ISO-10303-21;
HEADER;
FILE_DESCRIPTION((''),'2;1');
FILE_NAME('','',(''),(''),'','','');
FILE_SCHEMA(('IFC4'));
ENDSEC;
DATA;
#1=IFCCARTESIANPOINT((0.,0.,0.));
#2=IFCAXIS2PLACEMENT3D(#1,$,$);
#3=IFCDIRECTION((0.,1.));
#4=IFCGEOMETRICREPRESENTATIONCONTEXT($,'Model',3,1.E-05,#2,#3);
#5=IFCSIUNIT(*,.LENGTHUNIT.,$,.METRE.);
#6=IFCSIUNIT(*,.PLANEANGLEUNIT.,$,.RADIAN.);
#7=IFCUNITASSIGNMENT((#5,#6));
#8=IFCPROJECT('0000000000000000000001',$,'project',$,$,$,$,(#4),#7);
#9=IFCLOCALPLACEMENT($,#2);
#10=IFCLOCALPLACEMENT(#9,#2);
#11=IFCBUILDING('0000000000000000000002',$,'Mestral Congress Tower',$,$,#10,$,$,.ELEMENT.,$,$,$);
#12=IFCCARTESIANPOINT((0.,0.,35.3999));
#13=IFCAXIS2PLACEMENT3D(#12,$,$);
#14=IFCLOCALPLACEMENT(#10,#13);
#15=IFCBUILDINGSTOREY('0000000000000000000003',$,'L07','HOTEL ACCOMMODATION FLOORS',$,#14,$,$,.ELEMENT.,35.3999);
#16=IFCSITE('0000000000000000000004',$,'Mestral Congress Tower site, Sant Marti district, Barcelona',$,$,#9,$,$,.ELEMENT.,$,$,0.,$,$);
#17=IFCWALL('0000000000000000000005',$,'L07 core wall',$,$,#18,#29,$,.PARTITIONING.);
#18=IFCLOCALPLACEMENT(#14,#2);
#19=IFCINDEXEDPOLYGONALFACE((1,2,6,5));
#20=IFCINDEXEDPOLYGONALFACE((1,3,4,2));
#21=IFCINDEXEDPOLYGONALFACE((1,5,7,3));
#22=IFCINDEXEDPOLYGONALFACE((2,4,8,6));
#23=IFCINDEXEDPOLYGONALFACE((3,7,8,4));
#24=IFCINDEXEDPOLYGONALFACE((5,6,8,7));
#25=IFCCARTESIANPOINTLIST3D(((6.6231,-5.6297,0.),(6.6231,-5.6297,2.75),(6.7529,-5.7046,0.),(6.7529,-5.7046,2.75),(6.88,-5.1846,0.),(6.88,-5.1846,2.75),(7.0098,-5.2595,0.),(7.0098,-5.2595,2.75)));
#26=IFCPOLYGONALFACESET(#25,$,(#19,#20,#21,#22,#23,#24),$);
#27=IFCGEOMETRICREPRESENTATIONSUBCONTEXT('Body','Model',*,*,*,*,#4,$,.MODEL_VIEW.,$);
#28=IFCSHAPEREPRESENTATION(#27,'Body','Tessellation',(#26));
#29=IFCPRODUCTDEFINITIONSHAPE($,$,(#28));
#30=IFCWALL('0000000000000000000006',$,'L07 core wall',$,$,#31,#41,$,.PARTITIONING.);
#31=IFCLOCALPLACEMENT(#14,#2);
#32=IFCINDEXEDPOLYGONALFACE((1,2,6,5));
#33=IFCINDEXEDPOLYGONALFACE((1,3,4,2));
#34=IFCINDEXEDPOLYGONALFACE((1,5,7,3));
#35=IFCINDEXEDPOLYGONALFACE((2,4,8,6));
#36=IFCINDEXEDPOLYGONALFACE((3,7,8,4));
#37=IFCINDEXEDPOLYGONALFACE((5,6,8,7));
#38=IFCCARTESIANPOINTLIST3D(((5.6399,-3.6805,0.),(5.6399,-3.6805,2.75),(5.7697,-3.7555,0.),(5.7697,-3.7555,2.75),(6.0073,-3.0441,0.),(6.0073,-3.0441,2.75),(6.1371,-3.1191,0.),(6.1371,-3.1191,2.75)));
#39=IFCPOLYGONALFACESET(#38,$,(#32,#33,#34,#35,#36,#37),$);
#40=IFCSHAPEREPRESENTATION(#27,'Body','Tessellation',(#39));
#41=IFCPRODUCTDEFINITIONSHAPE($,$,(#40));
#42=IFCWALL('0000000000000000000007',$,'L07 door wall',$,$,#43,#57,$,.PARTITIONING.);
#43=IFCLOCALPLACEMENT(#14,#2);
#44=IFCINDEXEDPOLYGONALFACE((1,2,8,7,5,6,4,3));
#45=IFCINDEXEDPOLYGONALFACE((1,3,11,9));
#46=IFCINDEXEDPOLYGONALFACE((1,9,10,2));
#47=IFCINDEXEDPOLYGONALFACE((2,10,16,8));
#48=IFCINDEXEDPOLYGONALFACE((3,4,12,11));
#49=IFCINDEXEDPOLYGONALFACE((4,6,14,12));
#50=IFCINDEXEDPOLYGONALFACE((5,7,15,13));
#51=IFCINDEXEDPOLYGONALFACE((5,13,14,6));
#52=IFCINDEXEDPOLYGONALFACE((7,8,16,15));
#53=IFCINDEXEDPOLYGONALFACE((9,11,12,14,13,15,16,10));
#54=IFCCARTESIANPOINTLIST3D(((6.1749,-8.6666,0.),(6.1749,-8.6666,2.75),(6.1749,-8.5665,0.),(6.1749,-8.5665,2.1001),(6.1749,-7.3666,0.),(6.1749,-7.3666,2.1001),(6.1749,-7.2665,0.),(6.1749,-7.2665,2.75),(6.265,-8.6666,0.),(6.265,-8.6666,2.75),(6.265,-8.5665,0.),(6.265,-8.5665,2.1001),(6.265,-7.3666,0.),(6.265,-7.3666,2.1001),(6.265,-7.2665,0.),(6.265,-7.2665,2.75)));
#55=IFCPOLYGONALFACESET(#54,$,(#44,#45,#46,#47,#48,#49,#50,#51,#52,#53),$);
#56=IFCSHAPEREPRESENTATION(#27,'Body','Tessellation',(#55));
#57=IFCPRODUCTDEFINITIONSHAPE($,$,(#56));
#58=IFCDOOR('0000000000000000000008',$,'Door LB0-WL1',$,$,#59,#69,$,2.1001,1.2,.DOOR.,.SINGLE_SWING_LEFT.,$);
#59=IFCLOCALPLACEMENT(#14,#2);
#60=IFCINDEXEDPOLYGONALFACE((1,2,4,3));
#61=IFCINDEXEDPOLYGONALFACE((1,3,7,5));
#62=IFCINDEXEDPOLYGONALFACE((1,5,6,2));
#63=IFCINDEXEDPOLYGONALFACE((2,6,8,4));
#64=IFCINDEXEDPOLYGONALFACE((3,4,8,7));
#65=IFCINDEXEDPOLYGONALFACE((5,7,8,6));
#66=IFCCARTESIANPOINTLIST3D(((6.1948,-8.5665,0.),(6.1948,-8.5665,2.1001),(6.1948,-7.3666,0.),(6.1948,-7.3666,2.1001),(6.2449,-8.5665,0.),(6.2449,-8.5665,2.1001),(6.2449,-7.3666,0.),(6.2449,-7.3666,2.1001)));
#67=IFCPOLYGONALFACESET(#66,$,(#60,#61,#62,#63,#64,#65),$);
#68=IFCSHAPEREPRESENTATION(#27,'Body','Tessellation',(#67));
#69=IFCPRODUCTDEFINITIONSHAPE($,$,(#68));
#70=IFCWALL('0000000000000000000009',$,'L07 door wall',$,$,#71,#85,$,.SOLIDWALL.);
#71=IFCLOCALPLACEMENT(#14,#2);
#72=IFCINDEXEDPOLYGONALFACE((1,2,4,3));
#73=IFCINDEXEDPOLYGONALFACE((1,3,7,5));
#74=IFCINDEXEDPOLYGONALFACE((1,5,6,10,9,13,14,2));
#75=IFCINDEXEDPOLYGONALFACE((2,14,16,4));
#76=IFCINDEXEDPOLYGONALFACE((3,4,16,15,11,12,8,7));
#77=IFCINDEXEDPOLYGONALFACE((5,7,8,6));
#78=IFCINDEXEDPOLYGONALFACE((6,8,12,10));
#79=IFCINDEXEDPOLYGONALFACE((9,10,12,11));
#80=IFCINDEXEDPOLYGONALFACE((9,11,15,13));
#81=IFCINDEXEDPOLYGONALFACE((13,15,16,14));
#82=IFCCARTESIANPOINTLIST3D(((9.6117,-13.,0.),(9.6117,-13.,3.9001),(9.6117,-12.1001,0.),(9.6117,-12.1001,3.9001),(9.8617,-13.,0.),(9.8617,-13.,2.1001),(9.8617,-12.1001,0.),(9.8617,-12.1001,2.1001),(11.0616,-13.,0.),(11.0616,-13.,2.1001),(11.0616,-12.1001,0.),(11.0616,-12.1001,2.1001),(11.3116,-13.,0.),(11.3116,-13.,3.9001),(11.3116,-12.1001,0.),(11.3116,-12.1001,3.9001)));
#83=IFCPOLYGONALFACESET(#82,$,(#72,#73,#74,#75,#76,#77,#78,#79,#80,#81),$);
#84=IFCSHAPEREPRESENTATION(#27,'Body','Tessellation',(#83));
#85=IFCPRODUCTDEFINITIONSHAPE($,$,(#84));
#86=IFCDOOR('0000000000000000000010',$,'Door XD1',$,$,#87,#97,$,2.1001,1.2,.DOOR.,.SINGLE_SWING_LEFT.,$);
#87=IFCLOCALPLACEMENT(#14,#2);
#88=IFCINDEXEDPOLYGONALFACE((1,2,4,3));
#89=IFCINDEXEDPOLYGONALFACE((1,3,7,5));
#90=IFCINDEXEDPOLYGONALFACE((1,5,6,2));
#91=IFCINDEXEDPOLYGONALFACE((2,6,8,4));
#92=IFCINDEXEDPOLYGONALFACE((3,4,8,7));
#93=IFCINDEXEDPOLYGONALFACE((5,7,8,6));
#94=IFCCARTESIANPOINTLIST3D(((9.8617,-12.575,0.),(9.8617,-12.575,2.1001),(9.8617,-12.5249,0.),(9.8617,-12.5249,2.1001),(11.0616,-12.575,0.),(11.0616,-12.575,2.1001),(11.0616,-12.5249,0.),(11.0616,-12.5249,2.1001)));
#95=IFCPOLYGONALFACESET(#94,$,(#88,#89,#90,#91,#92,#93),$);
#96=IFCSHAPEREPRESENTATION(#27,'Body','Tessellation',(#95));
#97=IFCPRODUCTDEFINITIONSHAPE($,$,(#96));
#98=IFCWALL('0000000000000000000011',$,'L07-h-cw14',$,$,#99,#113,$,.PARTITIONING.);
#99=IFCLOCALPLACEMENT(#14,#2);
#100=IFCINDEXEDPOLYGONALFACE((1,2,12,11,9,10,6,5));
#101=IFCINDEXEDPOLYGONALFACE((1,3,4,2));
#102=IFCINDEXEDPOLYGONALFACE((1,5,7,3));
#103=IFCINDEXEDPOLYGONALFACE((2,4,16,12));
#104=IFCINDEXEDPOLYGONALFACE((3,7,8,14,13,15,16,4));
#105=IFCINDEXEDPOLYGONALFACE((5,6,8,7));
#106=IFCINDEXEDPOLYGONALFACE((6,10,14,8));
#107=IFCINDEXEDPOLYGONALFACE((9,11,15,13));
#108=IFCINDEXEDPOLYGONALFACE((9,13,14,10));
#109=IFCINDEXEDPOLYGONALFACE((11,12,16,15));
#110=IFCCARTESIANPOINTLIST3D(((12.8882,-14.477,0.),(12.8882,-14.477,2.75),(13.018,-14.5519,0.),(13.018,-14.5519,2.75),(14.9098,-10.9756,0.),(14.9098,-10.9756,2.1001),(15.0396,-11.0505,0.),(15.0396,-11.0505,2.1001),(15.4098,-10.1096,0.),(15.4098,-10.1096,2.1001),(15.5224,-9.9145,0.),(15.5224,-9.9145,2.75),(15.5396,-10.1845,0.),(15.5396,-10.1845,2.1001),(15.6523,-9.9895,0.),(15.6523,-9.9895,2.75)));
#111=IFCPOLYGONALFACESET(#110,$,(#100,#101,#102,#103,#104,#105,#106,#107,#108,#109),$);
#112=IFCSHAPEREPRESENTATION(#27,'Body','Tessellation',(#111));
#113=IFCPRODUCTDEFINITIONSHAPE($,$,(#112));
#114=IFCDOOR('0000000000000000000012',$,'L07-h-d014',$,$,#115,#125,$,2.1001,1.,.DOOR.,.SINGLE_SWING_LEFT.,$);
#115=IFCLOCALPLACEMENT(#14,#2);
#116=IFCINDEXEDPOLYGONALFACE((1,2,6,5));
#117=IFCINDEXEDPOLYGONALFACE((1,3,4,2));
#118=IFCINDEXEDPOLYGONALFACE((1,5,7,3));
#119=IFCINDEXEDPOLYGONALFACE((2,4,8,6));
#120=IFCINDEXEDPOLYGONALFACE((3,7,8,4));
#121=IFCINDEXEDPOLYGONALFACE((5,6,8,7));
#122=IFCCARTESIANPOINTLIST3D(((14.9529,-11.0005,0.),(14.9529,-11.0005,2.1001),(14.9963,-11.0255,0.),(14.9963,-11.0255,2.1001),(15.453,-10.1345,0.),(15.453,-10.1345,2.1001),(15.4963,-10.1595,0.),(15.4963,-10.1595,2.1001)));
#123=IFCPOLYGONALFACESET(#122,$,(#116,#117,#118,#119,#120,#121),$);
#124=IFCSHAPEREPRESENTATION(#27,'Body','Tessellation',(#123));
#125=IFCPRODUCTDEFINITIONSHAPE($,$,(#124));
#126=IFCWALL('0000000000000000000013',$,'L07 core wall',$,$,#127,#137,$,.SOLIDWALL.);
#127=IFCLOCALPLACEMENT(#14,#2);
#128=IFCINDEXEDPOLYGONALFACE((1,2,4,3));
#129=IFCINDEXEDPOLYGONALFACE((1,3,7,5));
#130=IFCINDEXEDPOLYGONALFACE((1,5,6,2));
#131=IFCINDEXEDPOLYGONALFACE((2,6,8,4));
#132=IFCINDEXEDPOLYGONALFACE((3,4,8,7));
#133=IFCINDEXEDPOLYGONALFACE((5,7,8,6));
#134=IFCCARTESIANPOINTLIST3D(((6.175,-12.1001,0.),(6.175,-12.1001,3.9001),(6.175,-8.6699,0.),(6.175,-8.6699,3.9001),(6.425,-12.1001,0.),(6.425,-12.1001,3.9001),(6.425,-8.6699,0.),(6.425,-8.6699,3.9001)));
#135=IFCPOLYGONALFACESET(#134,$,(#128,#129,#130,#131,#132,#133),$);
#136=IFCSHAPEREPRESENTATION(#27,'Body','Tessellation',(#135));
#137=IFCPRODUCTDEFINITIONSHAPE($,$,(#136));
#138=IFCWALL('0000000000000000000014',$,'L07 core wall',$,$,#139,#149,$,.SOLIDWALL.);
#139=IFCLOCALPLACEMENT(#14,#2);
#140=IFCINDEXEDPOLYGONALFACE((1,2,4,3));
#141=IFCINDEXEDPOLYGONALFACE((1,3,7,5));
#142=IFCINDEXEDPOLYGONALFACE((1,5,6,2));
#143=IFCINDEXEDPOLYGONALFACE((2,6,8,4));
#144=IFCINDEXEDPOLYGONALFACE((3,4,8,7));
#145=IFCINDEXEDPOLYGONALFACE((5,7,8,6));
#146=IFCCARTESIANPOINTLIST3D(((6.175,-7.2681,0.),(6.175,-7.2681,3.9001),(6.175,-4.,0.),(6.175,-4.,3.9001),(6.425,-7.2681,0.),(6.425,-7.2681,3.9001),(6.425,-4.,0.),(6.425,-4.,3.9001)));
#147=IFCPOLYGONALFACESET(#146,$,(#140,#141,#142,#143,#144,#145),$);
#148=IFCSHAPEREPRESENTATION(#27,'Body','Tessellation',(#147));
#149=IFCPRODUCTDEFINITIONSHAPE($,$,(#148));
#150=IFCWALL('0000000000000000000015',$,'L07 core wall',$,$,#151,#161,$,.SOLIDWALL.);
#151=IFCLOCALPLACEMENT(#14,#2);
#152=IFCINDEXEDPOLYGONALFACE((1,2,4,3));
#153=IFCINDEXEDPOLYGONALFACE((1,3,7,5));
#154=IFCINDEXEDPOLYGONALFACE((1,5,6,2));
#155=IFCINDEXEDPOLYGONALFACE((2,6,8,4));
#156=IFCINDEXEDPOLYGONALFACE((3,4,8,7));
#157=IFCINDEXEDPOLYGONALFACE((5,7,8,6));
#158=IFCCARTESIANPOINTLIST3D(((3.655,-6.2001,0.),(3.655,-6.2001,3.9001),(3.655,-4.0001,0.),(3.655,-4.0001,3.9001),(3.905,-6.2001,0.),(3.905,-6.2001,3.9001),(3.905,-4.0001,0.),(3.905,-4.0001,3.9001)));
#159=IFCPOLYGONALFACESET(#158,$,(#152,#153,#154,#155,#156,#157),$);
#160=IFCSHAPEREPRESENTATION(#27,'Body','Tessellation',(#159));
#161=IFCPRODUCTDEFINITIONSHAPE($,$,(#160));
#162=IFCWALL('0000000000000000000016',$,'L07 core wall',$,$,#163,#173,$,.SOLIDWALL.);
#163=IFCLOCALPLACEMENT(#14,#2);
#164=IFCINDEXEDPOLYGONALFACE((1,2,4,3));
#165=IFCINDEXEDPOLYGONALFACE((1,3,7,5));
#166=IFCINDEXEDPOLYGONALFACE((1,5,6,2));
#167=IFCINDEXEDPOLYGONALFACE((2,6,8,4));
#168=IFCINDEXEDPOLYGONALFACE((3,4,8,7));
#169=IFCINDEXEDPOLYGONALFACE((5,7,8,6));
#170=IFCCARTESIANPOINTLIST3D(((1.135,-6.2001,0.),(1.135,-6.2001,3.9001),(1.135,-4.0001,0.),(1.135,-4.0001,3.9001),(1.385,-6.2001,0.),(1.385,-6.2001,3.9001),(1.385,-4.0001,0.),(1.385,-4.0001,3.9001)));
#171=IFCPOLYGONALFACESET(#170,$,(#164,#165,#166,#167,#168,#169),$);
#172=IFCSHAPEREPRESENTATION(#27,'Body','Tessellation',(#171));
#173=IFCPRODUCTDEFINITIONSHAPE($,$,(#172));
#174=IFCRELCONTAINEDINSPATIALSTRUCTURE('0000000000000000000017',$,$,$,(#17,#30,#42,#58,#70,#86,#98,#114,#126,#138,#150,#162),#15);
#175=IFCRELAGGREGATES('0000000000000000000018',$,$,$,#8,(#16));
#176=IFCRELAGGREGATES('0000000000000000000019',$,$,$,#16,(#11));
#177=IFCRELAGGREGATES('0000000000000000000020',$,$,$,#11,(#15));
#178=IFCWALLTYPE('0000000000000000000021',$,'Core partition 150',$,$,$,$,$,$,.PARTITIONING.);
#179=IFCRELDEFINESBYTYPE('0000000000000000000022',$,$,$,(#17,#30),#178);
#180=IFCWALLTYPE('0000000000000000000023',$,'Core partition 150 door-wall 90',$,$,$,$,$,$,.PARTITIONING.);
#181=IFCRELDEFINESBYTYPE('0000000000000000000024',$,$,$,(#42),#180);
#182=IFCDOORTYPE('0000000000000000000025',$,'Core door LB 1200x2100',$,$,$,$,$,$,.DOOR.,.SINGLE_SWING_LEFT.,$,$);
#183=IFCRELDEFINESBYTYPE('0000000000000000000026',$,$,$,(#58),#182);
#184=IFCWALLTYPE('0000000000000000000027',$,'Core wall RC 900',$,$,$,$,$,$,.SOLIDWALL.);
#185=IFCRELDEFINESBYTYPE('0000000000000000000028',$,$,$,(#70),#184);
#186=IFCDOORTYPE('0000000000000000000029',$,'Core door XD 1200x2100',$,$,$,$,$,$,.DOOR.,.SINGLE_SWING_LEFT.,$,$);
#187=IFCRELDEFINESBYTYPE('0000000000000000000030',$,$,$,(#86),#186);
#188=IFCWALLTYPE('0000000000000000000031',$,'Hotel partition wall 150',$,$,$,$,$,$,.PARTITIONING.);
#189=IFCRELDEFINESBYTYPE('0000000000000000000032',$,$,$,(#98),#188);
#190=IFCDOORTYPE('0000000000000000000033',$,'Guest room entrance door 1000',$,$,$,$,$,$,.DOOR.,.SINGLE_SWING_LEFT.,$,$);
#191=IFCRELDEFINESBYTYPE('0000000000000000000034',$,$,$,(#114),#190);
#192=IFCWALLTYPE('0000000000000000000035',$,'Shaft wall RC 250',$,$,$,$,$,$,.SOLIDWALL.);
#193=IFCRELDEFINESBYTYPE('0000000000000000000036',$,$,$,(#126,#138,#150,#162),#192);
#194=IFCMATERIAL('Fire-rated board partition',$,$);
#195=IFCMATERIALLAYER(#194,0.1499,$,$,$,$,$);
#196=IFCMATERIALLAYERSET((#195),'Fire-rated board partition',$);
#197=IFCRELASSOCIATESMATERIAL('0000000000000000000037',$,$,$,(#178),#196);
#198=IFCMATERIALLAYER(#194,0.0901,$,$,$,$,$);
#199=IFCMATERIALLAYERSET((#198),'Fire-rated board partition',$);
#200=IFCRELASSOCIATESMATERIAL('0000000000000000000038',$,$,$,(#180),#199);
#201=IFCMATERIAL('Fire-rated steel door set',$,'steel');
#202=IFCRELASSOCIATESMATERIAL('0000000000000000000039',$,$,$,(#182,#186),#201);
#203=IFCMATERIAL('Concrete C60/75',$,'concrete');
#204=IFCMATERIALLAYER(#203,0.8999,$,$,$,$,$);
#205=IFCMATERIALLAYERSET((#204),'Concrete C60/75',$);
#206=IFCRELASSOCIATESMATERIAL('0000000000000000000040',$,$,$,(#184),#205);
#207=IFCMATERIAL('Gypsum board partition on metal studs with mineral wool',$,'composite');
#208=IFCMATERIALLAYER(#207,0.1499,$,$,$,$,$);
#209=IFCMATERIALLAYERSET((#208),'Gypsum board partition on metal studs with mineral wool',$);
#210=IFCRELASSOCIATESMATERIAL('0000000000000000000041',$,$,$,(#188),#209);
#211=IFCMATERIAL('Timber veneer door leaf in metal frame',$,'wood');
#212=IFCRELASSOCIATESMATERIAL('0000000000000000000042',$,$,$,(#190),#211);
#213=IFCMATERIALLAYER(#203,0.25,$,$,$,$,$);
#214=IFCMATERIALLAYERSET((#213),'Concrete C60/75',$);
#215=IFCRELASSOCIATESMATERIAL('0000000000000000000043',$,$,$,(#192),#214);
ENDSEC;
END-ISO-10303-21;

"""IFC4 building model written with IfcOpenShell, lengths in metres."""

from ifc_helpers import new_model, si_unit, direction, frame, frame_2d, origin, place, context, subcontext, project, spatial, rectangle, extrude, material, layer, layer_set, type_object, element, fill, save


model = new_model("IFC4")

# Units and contexts
model_context = context("Model", 3, precision=1e-05, world=origin(), true_north=direction((0.0, 1.0)))
body_context = subcontext(model_context, "Body", "Model", "MODEL_VIEW")
ifc_project = project(units=[si_unit("LENGTHUNIT", "METRE"), si_unit("PLANEANGLEUNIT", "RADIAN")], contexts=[model_context])

# Site, building, storey
site_placement = place(None, origin())
site = spatial("IfcSite", under=ifc_project, at=site_placement, Name="Mestral Congress Tower site, Sant Marti district, Barcelona", CompositionType="ELEMENT", RefElevation=0.0)
building_placement = place(site_placement, origin())
building = spatial("IfcBuilding", under=site, at=building_placement, Name="Mestral Congress Tower", CompositionType="ELEMENT")
storey_placement = place(building_placement, frame((0.0, 0.0, 35.3999)))
storey = spatial("IfcBuildingStorey", under=building, at=storey_placement, Name="L07", Description="HOTEL ACCOMMODATION FLOORS", CompositionType="ELEMENT", Elevation=35.3999)

# Walls
ifc_material_1 = material(Name="Fire-rated board partition")
ifc_layer_1 = layer(ifc_material_1, 0.1499)
ifc_layer_set_1 = layer_set([ifc_layer_1], Name="Fire-rated board partition")
wall_type_1 = type_object("IfcWallType", Name="Core partition 150", PredefinedType="PARTITIONING", material=ifc_layer_set_1)
wall_1_placement = place(storey_placement, frame((6.9448, -5.2222, 0.0), z_axis=(0.0, 0.0, 1.0), x_axis=(-0.499818, -0.86613, 0.0)))
element("IfcWall", 1, at=wall_1_placement, inside=storey, type_object=wall_type_1, Name="L07 core wall", PredefinedType="PARTITIONING", context=body_context, shape_type="SweptSolid", body=[
    extrude(rectangle(XDim=0.5139, YDim=0.1499, at=frame_2d((0.2568, 0.0))), origin(), (0.0, 0.0, 1.0), 2.75),
])
wall_2_placement = place(storey_placement, frame((5.7048, -3.718, 0.0), z_axis=(0.0, 0.0, 1.0), x_axis=(0.499962, 0.866047, 0.0)))
element("IfcWall", 2, at=wall_2_placement, inside=storey, type_object=wall_type_1, Name="L07 core wall", PredefinedType="PARTITIONING", context=body_context, shape_type="SweptSolid", body=[
    extrude(rectangle(XDim=0.7349, YDim=0.1499, at=frame_2d((0.3674, 0.0))), origin(), (0.0, 0.0, 1.0), 2.75),
])

# Walls, openings, doors
ifc_layer_2 = layer(ifc_material_1, 0.0901)
ifc_layer_set_2 = layer_set([ifc_layer_2], Name="Fire-rated board partition")
wall_type_2 = type_object("IfcWallType", Name="Core partition 150 door-wall 90", PredefinedType="PARTITIONING", material=ifc_layer_set_2)
wall_3_placement = place(storey_placement, frame((6.22, -7.2664, 0.0), z_axis=(0.0, 0.0, 1.0), x_axis=(0.0, -1.0, 0.0)))
wall_3 = element("IfcWall", 3, at=wall_3_placement, inside=storey, type_object=wall_type_2, Name="L07 door wall", PredefinedType="PARTITIONING", context=body_context, shape_type="SweptSolid", body=[
    extrude(rectangle(XDim=1.4001, YDim=0.0901, at=frame_2d((0.7002, 0.0))), origin(), (0.0, 0.0, 1.0), 2.75),
])
opening_1_placement = place(wall_3_placement, frame((0.1001, 0.0, 0.0)))
opening_1 = element("IfcOpeningElement", 4, at=opening_1_placement, cuts=wall_3, PredefinedType="OPENING", context=body_context, shape_type="SweptSolid", body=[
    extrude(rectangle(XDim=1.2, YDim=2.1001, at=frame_2d((0.6001, 1.05))), frame((0.0, 0.0549, 0.0), z_axis=(0.0, -1.0, 0.0), x_axis=(1.0, 0.0, 0.0)), (0.0, 0.0, 1.0), 0.1101),
])
ifc_material_2 = material(Name="Fire-rated steel door set", Category="steel")
door_type_1 = type_object("IfcDoorType", Name="Core door LB 1200x2100", OperationType="SINGLE_SWING_LEFT", PredefinedType="DOOR", material=ifc_material_2)
door_1_placement = place(opening_1_placement, origin())
door_1 = element("IfcDoor", 5, at=door_1_placement, inside=storey, type_object=door_type_1, Name="Door LB0-WL1", OperationType="SINGLE_SWING_LEFT", OverallHeight=2.1001, OverallWidth=1.2, PredefinedType="DOOR", context=body_context, shape_type="SweptSolid", body=[
    extrude(rectangle(XDim=1.2, YDim=2.1001, at=frame_2d((0.6001, 1.05))), frame((0.0, 0.0249, 0.0), z_axis=(0.0, -1.0, 0.0), x_axis=(1.0, 0.0, 0.0)), (0.0, 0.0, 1.0), 0.05),
])
fill(opening_1, door_1)
ifc_material_3 = material(Name="Concrete C60/75", Category="concrete")
ifc_layer_3 = layer(ifc_material_3, 0.8999)
ifc_layer_set_3 = layer_set([ifc_layer_3], Name="Concrete C60/75")
wall_type_3 = type_object("IfcWallType", Name="Core wall RC 900", PredefinedType="SOLIDWALL", material=ifc_layer_set_3)
wall_4_placement = place(storey_placement, frame((11.3118, -12.55, 0.0), z_axis=(0.0, 0.0, 1.0), x_axis=(-1.0, 0.0, 0.0)))
wall_4 = element("IfcWall", 6, at=wall_4_placement, inside=storey, type_object=wall_type_3, Name="L07 door wall", PredefinedType="SOLIDWALL", context=body_context, shape_type="SweptSolid", body=[
    extrude(rectangle(XDim=1.7, YDim=0.8999, at=frame_2d((0.8501, 0.0))), origin(), (0.0, 0.0, 1.0), 3.9001),
])
opening_2_placement = place(wall_4_placement, frame((0.25, 0.0, 0.0)))
opening_2 = element("IfcOpeningElement", 7, at=opening_2_placement, cuts=wall_4, PredefinedType="OPENING", context=body_context, shape_type="SweptSolid", body=[
    extrude(rectangle(XDim=1.2, YDim=2.1001, at=frame_2d((0.6001, 1.05))), frame((0.0, 0.46, 0.0), z_axis=(0.0, -1.0, 0.0), x_axis=(1.0, 0.0, 0.0)), (0.0, 0.0, 1.0), 0.9199),
])
door_type_2 = type_object("IfcDoorType", Name="Core door XD 1200x2100", OperationType="SINGLE_SWING_LEFT", PredefinedType="DOOR", material=ifc_material_2)
door_2_placement = place(opening_2_placement, origin())
door_2 = element("IfcDoor", 8, at=door_2_placement, inside=storey, type_object=door_type_2, Name="Door XD1", OperationType="SINGLE_SWING_LEFT", OverallHeight=2.1001, OverallWidth=1.2, PredefinedType="DOOR", context=body_context, shape_type="SweptSolid", body=[
    extrude(rectangle(XDim=1.2, YDim=2.1001, at=frame_2d((0.6001, 1.05))), frame((0.0, 0.0249, 0.0), z_axis=(0.0, -1.0, 0.0), x_axis=(1.0, 0.0, 0.0)), (0.0, 0.0, 1.0), 0.05),
])
fill(opening_2, door_2)
ifc_material_4 = material(Name="Gypsum board partition on metal studs with mineral wool", Category="composite")
ifc_layer_4 = layer(ifc_material_4, 0.1499)
ifc_layer_set_4 = layer_set([ifc_layer_4], Name="Gypsum board partition on metal studs with mineral wool")
wall_type_4 = type_object("IfcWallType", Name="Hotel partition wall 150", PredefinedType="PARTITIONING", material=ifc_layer_set_4)
wall_5_placement = place(storey_placement, frame((15.5874, -9.9519, 0.0), z_axis=(0.0, 0.0, 1.0), x_axis=(-0.500017, -0.866016, 0.0)))
wall_5 = element("IfcWall", 9, at=wall_5_placement, inside=storey, type_object=wall_type_4, Name="L07-h-cw14", PredefinedType="PARTITIONING", context=body_context, shape_type="SweptSolid", body=[
    extrude(rectangle(XDim=5.2683, YDim=0.1499, at=frame_2d((2.6343, 0.0))), origin(), (0.0, 0.0, 1.0), 2.75),
])
opening_3_placement = place(wall_5_placement, frame((0.2253, 0.0, 0.0)))
opening_3 = element("IfcOpeningElement", 10, at=opening_3_placement, cuts=wall_5, PredefinedType="OPENING", context=body_context, shape_type="SweptSolid", body=[
    extrude(rectangle(XDim=1.0, YDim=2.1001, at=frame_2d((0.5, 1.05))), frame((0.0, 0.085, 0.0), z_axis=(0.0, -1.0, 0.0), x_axis=(1.0, 0.0, 0.0)), (0.0, 0.0, 1.0), 0.1699),
])
ifc_material_5 = material(Name="Timber veneer door leaf in metal frame", Category="wood")
door_type_3 = type_object("IfcDoorType", Name="Guest room entrance door 1000", OperationType="SINGLE_SWING_LEFT", PredefinedType="DOOR", material=ifc_material_5)
door_3_placement = place(opening_3_placement, origin())
door_3 = element("IfcDoor", 11, at=door_3_placement, inside=storey, type_object=door_type_3, Name="L07-h-d014", OperationType="SINGLE_SWING_LEFT", OverallHeight=2.1001, OverallWidth=1.0, PredefinedType="DOOR", context=body_context, shape_type="SweptSolid", body=[
    extrude(rectangle(XDim=1.0, YDim=2.1001, at=frame_2d((0.5, 1.05))), frame((0.0, 0.0249, 0.0), z_axis=(0.0, -1.0, 0.0), x_axis=(1.0, 0.0, 0.0)), (0.0, 0.0, 1.0), 0.05),
])
fill(opening_3, door_3)

# Walls
ifc_layer_5 = layer(ifc_material_3, 0.25)
ifc_layer_set_5 = layer_set([ifc_layer_5], Name="Concrete C60/75")
wall_type_5 = type_object("IfcWallType", Name="Shaft wall RC 250", PredefinedType="SOLIDWALL", material=ifc_layer_set_5)
wall_6_placement = place(storey_placement, frame((6.3, -8.6699, 0.0), z_axis=(0.0, 0.0, 1.0), x_axis=(0.0, -1.0, 0.0)))
element("IfcWall", 12, at=wall_6_placement, inside=storey, type_object=wall_type_5, Name="L07 core wall", PredefinedType="SOLIDWALL", context=body_context, shape_type="SweptSolid", body=[
    extrude(rectangle(XDim=3.4302, YDim=0.25, at=frame_2d((1.7151, 0.0))), origin(), (0.0, 0.0, 1.0), 3.9001),
])
wall_7_placement = place(storey_placement, frame((6.3, -7.2681, 0.0), z_axis=(0.0, 0.0, 1.0), x_axis=(0.0, 1.0, 0.0)))
element("IfcWall", 13, at=wall_7_placement, inside=storey, type_object=wall_type_5, Name="L07 core wall", PredefinedType="SOLIDWALL", context=body_context, shape_type="SweptSolid", body=[
    extrude(rectangle(XDim=3.2681, YDim=0.25, at=frame_2d((1.634, 0.0))), origin(), (0.0, 0.0, 1.0), 3.9001),
])
for number, where, z_axis, x_axis, name in (
    (14, (3.78, -4.0, 0.0), (0.0, 0.0, 1.0), (0.0, -1.0, 0.0), "L07 core wall"),
    (15, (1.26, -4.0, 0.0), (0.0, 0.0, 1.0), (0.0, -1.0, 0.0), "L07 core wall"),
):
    element("IfcWall", number, at=place(storey_placement, frame(where, z_axis=z_axis, x_axis=x_axis)), inside=storey, type_object=wall_type_5, Name=name, PredefinedType="SOLIDWALL", context=body_context, shape_type="SweptSolid", body=[
        extrude(rectangle(XDim=2.2, YDim=0.25, at=frame_2d((1.1001, 0.0))), origin(), (0.0, 0.0, 1.0), 3.9001),
    ])

save(model, "model.ifc")
